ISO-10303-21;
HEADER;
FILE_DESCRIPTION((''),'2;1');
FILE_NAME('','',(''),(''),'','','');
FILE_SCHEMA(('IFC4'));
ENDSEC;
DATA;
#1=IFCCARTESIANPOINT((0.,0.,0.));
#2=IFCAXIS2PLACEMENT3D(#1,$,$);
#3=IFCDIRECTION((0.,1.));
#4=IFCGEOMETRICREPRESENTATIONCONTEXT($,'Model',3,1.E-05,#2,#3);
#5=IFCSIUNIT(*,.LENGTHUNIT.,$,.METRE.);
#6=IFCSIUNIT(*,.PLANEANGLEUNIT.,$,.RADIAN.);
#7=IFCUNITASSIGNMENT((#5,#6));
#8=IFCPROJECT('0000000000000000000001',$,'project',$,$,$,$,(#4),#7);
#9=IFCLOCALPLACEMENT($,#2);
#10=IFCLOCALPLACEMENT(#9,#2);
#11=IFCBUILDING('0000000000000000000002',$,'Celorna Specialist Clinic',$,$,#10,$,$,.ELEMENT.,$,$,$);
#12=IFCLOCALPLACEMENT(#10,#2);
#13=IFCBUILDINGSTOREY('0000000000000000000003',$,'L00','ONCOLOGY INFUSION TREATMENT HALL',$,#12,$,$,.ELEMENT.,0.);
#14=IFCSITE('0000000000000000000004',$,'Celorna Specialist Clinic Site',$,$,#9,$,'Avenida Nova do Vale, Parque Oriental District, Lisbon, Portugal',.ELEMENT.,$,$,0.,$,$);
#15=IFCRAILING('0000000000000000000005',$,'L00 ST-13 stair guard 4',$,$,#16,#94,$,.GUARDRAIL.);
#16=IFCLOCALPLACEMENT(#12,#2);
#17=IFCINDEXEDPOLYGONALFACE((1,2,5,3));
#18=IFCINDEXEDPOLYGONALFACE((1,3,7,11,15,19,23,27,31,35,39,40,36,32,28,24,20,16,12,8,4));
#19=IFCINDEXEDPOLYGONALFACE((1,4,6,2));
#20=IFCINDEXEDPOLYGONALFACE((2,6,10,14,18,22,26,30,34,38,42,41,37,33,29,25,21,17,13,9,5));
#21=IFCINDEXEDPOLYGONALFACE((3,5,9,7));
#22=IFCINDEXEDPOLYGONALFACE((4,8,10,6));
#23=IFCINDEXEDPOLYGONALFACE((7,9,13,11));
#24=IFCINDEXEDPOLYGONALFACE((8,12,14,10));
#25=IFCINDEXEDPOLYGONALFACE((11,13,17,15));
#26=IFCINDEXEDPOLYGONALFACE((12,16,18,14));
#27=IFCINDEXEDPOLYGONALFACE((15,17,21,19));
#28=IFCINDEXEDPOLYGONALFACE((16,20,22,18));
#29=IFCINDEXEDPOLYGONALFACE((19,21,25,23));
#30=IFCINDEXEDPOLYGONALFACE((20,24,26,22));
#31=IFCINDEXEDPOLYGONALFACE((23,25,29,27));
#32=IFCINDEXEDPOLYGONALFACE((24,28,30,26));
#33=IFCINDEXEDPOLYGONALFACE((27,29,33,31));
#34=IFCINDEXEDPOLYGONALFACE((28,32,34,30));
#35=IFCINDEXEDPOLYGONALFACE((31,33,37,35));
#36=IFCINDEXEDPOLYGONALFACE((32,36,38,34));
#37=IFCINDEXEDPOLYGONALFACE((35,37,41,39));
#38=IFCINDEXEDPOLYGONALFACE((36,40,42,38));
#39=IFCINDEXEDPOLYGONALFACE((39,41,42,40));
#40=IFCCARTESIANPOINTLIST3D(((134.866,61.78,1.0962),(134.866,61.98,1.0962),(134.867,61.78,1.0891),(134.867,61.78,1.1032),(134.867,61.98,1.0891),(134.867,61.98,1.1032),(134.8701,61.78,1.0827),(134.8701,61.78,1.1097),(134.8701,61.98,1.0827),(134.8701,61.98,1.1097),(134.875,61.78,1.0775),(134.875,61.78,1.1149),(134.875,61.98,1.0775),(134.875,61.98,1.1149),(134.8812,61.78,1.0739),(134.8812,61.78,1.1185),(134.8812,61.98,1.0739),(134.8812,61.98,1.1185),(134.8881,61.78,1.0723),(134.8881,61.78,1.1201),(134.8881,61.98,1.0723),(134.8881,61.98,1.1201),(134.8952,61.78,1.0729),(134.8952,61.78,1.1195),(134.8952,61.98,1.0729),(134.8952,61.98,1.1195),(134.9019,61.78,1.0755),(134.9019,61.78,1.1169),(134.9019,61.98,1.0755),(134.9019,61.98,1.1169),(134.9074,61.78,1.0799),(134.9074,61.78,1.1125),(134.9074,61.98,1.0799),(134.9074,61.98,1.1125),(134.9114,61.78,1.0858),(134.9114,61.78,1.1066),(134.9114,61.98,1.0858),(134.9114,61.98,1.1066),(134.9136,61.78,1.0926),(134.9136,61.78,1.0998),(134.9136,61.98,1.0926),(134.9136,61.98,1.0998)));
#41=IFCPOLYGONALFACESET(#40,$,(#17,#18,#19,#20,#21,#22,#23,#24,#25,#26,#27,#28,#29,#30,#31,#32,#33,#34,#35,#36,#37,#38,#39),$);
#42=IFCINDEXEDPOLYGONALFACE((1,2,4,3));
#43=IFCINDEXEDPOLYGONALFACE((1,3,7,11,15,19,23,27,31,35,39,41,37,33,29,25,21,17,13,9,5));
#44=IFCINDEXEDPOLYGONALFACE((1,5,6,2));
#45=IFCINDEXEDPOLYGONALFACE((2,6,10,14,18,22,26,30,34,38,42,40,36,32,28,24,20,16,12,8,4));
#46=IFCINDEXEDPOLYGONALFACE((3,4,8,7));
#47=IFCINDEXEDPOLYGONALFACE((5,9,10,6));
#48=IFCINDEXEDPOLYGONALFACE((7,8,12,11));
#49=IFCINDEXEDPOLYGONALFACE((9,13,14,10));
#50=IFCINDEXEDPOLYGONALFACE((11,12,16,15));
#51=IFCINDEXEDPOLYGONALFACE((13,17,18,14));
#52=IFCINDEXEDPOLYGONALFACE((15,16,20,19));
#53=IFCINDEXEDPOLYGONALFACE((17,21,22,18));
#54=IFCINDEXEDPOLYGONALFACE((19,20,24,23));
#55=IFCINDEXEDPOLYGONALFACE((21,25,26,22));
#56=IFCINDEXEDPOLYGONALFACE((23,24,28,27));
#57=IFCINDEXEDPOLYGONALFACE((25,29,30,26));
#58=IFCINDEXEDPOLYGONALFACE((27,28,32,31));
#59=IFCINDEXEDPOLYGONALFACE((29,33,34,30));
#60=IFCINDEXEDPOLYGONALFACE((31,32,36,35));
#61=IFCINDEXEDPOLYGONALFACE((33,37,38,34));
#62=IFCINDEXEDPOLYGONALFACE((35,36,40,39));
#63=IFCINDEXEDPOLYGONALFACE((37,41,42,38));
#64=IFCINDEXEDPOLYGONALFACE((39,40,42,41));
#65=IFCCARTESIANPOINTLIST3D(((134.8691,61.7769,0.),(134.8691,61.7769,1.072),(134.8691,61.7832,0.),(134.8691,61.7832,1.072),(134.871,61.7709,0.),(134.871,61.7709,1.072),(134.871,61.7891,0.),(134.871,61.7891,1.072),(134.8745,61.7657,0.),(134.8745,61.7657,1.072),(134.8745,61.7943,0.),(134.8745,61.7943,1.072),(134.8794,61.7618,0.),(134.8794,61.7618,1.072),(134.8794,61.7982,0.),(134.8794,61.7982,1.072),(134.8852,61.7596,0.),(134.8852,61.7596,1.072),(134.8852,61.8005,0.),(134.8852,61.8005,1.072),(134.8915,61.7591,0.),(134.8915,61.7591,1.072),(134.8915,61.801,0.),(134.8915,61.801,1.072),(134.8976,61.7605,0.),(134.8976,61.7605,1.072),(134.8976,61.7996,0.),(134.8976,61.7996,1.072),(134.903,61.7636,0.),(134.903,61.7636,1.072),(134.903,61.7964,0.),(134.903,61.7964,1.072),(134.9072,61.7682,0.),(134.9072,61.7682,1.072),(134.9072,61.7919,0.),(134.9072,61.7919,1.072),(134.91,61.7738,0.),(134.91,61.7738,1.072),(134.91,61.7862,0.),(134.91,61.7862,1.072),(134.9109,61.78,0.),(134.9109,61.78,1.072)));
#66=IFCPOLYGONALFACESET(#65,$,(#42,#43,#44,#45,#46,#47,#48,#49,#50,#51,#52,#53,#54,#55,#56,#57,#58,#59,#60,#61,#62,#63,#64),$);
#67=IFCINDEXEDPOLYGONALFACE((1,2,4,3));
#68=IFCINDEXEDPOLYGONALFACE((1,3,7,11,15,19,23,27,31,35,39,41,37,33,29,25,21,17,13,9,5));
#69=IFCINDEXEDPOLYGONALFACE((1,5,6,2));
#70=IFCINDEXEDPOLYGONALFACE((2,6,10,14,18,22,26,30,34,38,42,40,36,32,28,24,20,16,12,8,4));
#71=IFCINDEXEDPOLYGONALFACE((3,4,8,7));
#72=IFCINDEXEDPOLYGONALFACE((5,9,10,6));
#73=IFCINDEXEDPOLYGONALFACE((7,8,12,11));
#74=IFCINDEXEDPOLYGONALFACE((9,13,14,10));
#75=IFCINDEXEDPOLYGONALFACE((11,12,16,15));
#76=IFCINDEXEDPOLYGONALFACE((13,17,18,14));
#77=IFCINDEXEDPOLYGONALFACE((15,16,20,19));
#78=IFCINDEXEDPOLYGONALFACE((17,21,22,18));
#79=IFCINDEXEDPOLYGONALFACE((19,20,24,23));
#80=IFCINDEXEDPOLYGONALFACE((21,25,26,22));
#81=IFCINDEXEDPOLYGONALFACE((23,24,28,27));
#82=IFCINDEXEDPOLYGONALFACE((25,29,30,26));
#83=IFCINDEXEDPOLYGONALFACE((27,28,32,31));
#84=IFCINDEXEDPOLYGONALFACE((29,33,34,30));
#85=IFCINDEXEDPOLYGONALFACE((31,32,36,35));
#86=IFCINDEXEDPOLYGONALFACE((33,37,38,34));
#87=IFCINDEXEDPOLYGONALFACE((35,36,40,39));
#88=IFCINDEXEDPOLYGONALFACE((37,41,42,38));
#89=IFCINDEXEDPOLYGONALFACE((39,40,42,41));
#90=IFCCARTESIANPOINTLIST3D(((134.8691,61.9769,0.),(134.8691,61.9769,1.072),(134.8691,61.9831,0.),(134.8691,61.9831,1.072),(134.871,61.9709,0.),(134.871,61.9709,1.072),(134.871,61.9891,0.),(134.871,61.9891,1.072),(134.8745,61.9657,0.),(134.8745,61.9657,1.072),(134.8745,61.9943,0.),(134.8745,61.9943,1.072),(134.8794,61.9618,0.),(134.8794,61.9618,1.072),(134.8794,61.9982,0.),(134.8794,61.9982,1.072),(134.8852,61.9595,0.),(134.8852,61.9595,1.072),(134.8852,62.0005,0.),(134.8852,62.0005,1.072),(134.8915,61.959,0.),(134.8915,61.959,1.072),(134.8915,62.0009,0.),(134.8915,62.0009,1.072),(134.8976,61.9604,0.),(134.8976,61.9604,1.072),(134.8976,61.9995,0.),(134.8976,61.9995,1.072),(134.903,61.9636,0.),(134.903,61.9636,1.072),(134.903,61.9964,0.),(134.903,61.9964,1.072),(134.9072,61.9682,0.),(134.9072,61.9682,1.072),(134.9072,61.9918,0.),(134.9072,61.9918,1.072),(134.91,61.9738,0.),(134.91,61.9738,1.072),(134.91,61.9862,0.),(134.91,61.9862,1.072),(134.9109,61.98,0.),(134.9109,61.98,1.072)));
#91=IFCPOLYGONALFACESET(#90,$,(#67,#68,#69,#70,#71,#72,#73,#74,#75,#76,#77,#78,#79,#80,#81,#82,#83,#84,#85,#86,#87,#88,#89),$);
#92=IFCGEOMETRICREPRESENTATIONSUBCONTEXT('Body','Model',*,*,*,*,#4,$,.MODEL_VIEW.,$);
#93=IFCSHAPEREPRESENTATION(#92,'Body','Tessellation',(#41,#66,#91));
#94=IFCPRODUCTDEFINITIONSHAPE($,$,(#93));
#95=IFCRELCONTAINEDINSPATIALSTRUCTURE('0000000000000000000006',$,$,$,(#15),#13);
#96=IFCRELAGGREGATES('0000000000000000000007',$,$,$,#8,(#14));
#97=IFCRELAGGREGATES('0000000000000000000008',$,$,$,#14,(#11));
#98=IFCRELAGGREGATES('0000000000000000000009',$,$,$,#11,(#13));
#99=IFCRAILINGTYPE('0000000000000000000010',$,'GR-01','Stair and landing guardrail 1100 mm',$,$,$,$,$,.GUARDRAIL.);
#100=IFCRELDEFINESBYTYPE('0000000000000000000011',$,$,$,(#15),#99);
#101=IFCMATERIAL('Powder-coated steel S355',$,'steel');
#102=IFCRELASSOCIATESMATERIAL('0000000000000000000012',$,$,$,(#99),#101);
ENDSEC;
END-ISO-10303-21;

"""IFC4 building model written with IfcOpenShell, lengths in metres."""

from ifc_helpers import new_model, si_unit, direction, frame, origin, origin_2d, place, context, subcontext, project, spatial, circle, extrude, material, type_object, element, save


model = new_model("IFC4")

# Units and contexts
model_context = context("Model", 3, precision=1e-05, world=origin(), true_north=direction((0.0, 1.0)))
body_context = subcontext(model_context, "Body", "Model", "MODEL_VIEW")
ifc_project = project(units=[si_unit("LENGTHUNIT", "METRE"), si_unit("PLANEANGLEUNIT", "RADIAN")], contexts=[model_context])

# Site, building, storey
site_placement = place(None, origin())
site = spatial("IfcSite", under=ifc_project, at=site_placement, Name="Celorna Specialist Clinic Site", LongName="Avenida Nova do Vale, Parque Oriental District, Lisbon, Portugal", CompositionType="ELEMENT", RefElevation=0.0)
building_placement = place(site_placement, origin())
building = spatial("IfcBuilding", under=site, at=building_placement, Name="Celorna Specialist Clinic", CompositionType="ELEMENT")
storey_placement = place(building_placement, origin())
storey = spatial("IfcBuildingStorey", under=building, at=storey_placement, Name="L00", Description="ONCOLOGY INFUSION TREATMENT HALL", CompositionType="ELEMENT", Elevation=0.0)

# Railing
ifc_material_1 = material(Name="Powder-coated steel S355", Category="steel")
railing_type_1 = type_object("IfcRailingType", Name="GR-01", Description="Stair and landing guardrail 1100 mm", PredefinedType="GUARDRAIL", material=ifc_material_1)
railing_1_placement = place(storey_placement, frame((134.8899, 61.78, 0.0)))
element("IfcRailing", 1, at=railing_1_placement, inside=storey, type_object=railing_type_1, Name="L00 ST-13 stair guard 4", PredefinedType="GUARDRAIL", context=body_context, shape_type="SweptSolid", body=[
    extrude(circle(Radius=0.0239, at=origin_2d()), frame((0.0, 0.0, 1.0962), z_axis=(0.0, 1.0, 0.0), x_axis=(-1.0, 0.0, 0.0)), (0.0, 0.0, 1.0), 0.2),
    extrude(circle(Radius=0.021, at=origin_2d()), origin(), (0.0, 0.0, 1.0), 1.072),
    extrude(circle(Radius=0.021, at=origin_2d()), frame((0.0, 0.2, 0.0)), (0.0, 0.0, 1.0), 1.072),
])

save(model, "model.ifc")
